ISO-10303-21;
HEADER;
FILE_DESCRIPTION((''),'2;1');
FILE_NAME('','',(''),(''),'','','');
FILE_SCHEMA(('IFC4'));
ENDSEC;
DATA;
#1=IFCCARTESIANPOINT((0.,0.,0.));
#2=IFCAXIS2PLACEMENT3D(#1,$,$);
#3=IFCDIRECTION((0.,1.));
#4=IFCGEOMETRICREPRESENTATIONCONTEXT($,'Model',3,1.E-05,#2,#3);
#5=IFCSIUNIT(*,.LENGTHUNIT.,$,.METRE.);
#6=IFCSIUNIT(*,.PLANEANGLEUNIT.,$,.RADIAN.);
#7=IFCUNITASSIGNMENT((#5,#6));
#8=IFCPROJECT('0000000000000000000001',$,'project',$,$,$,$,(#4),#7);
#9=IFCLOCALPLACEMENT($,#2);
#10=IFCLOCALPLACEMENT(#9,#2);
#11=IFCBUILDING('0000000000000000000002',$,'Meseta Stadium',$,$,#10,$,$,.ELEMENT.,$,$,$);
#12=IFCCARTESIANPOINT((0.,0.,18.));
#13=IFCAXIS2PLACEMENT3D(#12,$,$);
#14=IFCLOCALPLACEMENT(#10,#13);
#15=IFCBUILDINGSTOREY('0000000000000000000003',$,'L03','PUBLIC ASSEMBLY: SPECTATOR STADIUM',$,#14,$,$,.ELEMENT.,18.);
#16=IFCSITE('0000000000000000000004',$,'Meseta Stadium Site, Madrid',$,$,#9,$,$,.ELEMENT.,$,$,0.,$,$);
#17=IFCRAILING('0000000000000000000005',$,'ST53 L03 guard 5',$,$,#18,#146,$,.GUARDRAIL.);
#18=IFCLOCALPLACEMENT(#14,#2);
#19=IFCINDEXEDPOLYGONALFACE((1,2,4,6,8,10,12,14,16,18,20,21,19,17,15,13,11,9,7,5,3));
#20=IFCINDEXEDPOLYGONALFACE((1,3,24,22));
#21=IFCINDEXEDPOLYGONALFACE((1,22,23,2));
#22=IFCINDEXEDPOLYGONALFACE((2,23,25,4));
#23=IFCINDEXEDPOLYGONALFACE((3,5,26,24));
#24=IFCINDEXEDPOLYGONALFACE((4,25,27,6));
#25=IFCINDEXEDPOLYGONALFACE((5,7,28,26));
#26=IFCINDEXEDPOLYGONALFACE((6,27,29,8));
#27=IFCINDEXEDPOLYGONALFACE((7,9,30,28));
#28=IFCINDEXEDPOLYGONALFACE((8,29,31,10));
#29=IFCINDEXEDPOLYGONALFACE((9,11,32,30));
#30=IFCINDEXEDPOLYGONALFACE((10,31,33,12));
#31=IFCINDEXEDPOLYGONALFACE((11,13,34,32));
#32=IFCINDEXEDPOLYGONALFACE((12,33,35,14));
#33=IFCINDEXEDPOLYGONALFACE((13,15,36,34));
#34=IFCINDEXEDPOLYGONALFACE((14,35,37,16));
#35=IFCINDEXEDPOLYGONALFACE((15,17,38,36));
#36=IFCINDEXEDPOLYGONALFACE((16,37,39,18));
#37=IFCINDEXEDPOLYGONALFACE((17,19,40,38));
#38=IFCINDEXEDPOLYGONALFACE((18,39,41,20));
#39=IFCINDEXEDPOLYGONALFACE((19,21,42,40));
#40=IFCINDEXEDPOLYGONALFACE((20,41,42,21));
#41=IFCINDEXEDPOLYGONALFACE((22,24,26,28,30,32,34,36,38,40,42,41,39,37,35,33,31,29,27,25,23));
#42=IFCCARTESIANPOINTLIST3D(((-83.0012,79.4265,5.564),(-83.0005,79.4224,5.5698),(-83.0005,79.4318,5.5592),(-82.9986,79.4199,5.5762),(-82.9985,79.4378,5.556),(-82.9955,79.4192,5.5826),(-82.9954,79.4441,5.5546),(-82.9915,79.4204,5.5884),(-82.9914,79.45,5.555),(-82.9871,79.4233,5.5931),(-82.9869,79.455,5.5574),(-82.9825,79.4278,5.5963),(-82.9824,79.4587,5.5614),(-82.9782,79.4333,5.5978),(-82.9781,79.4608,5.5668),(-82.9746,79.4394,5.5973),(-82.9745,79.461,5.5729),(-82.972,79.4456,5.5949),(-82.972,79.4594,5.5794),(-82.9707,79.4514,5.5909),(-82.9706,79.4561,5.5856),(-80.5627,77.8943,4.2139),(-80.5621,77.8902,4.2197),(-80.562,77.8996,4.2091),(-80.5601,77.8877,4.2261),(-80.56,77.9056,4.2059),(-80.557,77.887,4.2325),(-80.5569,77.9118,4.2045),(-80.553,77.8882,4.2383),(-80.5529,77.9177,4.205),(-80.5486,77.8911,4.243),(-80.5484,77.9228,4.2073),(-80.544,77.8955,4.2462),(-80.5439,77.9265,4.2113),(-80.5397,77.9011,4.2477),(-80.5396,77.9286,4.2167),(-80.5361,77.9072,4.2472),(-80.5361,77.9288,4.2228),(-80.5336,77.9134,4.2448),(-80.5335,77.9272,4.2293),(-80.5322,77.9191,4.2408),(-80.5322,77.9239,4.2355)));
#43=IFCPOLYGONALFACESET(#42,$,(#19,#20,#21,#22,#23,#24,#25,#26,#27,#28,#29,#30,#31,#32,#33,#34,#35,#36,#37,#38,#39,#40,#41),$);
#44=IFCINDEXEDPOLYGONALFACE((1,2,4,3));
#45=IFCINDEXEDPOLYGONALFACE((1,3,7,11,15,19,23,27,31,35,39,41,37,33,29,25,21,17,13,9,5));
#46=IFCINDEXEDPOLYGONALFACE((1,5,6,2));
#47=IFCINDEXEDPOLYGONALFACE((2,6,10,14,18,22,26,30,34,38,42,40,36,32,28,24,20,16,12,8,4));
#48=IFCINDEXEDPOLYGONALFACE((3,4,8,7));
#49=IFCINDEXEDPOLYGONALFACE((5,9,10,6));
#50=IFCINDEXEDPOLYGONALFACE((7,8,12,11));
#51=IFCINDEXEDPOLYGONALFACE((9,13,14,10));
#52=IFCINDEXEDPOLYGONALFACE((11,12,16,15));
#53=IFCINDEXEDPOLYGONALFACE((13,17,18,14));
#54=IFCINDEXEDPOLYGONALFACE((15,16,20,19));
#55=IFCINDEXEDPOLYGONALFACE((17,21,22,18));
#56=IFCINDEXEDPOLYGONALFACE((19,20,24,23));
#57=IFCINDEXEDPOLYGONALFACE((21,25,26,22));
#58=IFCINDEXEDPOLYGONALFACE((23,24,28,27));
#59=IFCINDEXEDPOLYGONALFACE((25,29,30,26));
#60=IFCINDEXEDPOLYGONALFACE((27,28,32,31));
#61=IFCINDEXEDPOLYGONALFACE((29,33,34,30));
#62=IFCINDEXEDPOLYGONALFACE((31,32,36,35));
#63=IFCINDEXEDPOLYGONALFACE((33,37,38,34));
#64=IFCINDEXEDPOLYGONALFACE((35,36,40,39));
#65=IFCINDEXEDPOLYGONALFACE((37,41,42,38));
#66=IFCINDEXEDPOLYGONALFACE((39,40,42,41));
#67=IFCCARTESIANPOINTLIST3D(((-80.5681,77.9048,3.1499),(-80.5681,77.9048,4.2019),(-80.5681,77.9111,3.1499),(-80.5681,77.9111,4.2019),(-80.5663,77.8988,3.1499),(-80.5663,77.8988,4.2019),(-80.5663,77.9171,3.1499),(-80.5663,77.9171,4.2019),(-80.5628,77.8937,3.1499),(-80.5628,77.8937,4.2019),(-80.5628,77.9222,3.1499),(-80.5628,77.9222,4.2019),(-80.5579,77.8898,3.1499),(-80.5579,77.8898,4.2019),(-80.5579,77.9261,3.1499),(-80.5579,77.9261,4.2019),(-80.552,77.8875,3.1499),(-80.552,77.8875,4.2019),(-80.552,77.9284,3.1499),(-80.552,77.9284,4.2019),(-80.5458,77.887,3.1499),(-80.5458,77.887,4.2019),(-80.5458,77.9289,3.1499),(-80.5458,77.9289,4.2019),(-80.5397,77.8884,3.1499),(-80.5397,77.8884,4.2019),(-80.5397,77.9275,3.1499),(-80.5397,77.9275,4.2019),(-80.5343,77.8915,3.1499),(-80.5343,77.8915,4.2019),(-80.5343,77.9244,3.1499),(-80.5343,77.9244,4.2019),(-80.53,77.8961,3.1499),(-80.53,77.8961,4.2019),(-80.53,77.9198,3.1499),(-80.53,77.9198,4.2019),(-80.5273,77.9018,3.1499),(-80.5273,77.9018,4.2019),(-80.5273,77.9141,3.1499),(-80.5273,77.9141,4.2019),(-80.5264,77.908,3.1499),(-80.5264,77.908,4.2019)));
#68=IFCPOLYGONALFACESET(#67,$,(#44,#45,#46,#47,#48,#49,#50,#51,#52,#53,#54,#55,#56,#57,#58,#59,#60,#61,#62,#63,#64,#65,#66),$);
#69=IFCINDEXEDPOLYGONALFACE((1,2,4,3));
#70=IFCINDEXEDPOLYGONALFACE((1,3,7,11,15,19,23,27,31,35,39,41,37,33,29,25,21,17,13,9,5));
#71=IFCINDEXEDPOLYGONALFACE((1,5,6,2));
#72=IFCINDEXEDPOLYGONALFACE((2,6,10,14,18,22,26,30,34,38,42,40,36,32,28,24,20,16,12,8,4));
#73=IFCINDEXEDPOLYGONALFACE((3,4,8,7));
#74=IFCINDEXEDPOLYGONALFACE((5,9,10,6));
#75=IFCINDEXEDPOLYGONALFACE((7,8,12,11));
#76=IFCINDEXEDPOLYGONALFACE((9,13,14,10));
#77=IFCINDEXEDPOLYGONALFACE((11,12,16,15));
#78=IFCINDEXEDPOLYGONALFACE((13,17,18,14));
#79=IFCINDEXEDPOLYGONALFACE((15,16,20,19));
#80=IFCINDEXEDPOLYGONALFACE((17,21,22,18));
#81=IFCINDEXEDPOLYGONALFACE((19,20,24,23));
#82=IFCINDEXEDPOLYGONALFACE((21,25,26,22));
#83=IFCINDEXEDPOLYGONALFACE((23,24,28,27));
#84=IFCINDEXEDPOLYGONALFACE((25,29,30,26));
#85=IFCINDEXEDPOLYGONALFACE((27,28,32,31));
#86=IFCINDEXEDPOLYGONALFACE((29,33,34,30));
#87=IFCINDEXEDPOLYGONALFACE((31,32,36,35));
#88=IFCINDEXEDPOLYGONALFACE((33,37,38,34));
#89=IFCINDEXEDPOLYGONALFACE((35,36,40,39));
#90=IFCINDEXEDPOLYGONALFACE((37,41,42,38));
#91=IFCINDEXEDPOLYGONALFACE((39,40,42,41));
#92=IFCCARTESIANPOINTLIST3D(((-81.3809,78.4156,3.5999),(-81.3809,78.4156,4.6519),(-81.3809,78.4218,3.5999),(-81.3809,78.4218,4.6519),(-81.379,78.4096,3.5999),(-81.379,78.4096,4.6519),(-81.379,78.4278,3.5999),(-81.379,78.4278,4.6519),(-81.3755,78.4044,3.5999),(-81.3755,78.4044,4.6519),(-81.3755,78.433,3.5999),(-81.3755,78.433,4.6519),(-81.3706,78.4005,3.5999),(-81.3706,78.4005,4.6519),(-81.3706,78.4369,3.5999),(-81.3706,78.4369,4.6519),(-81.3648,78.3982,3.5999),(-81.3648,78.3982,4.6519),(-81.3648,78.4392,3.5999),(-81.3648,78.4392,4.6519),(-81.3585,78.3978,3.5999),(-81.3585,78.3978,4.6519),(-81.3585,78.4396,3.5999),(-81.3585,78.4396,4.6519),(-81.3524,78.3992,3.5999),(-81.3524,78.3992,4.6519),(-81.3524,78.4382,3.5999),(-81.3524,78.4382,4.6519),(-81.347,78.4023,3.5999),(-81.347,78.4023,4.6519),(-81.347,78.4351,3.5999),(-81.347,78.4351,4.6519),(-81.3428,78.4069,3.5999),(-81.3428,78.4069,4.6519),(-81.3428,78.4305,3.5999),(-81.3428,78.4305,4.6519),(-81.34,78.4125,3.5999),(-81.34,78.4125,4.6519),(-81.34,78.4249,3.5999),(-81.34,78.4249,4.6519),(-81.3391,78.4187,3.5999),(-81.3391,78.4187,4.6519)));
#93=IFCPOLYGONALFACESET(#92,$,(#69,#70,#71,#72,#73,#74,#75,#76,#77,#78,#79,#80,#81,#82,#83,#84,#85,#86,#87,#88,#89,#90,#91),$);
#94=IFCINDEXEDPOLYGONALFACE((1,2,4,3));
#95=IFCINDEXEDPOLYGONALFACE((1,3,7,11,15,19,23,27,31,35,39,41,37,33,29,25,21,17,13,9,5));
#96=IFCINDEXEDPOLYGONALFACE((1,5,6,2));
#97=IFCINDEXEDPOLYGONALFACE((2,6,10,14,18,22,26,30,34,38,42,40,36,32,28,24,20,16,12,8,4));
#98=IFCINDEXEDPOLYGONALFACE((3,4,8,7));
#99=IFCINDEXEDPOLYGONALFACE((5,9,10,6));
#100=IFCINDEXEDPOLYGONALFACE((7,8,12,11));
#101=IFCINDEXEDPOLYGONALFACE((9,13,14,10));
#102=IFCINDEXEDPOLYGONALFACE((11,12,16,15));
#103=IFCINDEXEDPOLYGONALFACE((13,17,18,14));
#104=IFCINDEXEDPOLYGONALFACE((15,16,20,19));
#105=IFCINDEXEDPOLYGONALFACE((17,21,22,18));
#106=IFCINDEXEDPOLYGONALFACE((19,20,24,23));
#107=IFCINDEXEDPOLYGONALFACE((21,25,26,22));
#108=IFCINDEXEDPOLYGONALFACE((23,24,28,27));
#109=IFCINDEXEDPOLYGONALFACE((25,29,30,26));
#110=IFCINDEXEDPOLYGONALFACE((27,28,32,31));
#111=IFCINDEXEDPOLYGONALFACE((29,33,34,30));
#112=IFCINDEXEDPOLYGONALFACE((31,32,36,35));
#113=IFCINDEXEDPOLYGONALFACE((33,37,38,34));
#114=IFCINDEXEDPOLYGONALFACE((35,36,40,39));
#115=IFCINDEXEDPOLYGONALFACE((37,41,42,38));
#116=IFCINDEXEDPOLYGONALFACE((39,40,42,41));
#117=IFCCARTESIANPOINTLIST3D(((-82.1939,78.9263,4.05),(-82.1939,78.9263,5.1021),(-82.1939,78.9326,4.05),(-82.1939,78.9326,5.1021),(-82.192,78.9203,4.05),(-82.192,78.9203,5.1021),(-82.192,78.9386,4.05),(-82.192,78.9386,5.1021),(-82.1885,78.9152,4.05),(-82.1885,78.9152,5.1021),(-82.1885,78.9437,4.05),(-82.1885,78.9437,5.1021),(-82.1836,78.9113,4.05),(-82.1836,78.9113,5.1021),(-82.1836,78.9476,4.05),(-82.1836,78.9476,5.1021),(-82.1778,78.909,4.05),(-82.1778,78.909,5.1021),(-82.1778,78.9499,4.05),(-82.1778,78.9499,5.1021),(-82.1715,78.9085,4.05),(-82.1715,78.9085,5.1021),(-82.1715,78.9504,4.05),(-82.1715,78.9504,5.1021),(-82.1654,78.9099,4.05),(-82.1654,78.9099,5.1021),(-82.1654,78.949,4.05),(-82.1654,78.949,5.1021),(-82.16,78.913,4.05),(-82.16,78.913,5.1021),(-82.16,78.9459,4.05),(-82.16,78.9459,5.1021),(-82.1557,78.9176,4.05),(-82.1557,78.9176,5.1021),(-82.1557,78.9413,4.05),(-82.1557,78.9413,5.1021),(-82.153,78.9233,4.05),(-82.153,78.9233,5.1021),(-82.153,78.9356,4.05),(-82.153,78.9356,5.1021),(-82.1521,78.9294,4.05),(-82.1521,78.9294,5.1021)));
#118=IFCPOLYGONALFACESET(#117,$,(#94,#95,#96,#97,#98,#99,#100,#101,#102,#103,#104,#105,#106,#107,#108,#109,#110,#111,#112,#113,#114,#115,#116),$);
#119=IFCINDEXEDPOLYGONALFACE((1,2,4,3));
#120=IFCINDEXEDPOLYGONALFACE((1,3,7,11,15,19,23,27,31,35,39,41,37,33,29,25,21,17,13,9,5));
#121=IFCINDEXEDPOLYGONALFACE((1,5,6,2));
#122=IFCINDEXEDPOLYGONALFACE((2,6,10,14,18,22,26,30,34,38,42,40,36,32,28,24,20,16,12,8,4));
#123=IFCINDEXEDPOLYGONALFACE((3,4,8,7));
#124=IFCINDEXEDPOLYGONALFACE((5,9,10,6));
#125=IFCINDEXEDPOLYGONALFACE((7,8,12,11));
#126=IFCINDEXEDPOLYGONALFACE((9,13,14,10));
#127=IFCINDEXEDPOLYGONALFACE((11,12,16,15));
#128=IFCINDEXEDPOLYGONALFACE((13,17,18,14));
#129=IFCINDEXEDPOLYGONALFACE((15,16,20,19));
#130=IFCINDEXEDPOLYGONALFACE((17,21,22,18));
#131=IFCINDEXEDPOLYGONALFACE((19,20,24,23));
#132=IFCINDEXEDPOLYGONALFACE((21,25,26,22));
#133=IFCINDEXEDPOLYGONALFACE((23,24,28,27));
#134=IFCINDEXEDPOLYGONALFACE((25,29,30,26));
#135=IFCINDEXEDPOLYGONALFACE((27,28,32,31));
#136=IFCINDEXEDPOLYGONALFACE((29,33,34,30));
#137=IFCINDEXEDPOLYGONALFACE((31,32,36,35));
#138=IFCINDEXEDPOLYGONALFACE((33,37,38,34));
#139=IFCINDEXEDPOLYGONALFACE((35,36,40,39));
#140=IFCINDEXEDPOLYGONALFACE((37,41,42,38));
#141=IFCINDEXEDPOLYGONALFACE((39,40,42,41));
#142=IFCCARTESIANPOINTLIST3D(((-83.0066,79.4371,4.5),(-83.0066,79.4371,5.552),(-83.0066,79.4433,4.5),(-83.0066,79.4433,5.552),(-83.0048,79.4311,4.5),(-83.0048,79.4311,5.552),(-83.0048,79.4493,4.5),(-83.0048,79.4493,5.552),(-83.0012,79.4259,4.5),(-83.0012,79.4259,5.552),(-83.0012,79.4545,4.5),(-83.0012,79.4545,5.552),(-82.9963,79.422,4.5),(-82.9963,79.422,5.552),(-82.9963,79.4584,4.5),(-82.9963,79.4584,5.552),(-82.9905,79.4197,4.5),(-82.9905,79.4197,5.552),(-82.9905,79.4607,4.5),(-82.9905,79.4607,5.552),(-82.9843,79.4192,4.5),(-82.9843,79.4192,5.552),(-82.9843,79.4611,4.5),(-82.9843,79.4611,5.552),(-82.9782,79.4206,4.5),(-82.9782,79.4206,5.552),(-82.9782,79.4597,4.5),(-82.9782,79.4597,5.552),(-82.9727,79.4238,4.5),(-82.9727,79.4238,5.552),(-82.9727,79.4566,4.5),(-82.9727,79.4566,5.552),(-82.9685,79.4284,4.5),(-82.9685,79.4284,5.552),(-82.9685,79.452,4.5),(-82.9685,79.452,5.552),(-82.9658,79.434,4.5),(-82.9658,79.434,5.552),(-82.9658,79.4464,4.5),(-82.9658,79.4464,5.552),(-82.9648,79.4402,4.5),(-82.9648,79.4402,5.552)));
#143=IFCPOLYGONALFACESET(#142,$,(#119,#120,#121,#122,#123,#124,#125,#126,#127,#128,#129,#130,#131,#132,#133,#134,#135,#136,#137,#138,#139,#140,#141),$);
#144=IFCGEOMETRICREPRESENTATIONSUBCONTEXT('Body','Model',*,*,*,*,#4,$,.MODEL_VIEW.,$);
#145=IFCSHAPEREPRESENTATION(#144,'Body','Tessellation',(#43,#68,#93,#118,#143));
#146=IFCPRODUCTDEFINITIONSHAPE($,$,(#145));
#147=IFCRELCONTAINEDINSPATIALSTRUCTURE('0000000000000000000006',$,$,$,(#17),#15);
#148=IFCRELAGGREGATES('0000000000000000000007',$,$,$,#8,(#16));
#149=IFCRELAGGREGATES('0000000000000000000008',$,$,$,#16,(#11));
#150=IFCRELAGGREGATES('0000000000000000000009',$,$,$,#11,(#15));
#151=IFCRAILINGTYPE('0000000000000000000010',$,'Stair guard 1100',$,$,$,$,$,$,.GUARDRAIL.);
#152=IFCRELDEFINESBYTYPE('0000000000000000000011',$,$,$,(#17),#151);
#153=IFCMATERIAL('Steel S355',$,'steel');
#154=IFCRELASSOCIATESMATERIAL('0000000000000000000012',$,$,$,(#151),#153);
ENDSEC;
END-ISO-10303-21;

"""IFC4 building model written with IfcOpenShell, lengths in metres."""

from ifc_helpers import new_model, si_unit, direction, frame, origin, origin_2d, place, context, subcontext, project, spatial, circle, extrude, material, type_object, element, save


model = new_model("IFC4")

# Units and contexts
model_context = context("Model", 3, precision=1e-05, world=origin(), true_north=direction((0.0, 1.0)))
body_context = subcontext(model_context, "Body", "Model", "MODEL_VIEW")
ifc_project = project(units=[si_unit("LENGTHUNIT", "METRE"), si_unit("PLANEANGLEUNIT", "RADIAN")], contexts=[model_context])

# Site, building, storey
site_placement = place(None, origin())
site = spatial("IfcSite", under=ifc_project, at=site_placement, Name="Meseta Stadium Site, Madrid", CompositionType="ELEMENT", RefElevation=0.0)
building_placement = place(site_placement, origin())
building = spatial("IfcBuilding", under=site, at=building_placement, Name="Meseta Stadium", CompositionType="ELEMENT")
storey_placement = place(building_placement, frame((0.0, 0.0, 18.0)))
storey = spatial("IfcBuildingStorey", under=building, at=storey_placement, Name="L03", Description="PUBLIC ASSEMBLY: SPECTATOR STADIUM", CompositionType="ELEMENT", Elevation=18.0)

# Railing
ifc_material_1 = material(Name="Steel S355", Category="steel")
railing_type_1 = type_object("IfcRailingType", Name="Stair guard 1100", PredefinedType="GUARDRAIL", material=ifc_material_1)
railing_1_placement = place(storey_placement, frame((-80.5474, 77.908, 3.1499)))
element("IfcRailing", 1, at=railing_1_placement, inside=storey, type_object=railing_type_1, Name="ST53 L03 guard 5", PredefinedType="GUARDRAIL", context=body_context, shape_type="SweptSolid", body=[
    extrude(circle(Radius=0.0239, at=origin_2d()), frame((0.0, 0.0, 1.0762), z_axis=(-0.766655, 0.481731, 0.42447), x_axis=(-0.53204, -0.846719, 0.0)), (0.0, 0.0, 1.0), 3.1807),
    extrude(circle(Radius=0.021, at=origin_2d()), origin(), (0.0, 0.0, 1.0), 1.052),
    extrude(circle(Radius=0.021, at=origin_2d()), frame((-0.8127, 0.5107, 0.45)), (0.0, 0.0, 1.0), 1.052),
    extrude(circle(Radius=0.021, at=origin_2d()), frame((-1.6257, 1.0215, 0.9001)), (0.0, 0.0, 1.0), 1.052),
    extrude(circle(Radius=0.021, at=origin_2d()), frame((-2.4385, 1.5322, 1.3501)), (0.0, 0.0, 1.0), 1.052),
])

save(model, "model.ifc")
